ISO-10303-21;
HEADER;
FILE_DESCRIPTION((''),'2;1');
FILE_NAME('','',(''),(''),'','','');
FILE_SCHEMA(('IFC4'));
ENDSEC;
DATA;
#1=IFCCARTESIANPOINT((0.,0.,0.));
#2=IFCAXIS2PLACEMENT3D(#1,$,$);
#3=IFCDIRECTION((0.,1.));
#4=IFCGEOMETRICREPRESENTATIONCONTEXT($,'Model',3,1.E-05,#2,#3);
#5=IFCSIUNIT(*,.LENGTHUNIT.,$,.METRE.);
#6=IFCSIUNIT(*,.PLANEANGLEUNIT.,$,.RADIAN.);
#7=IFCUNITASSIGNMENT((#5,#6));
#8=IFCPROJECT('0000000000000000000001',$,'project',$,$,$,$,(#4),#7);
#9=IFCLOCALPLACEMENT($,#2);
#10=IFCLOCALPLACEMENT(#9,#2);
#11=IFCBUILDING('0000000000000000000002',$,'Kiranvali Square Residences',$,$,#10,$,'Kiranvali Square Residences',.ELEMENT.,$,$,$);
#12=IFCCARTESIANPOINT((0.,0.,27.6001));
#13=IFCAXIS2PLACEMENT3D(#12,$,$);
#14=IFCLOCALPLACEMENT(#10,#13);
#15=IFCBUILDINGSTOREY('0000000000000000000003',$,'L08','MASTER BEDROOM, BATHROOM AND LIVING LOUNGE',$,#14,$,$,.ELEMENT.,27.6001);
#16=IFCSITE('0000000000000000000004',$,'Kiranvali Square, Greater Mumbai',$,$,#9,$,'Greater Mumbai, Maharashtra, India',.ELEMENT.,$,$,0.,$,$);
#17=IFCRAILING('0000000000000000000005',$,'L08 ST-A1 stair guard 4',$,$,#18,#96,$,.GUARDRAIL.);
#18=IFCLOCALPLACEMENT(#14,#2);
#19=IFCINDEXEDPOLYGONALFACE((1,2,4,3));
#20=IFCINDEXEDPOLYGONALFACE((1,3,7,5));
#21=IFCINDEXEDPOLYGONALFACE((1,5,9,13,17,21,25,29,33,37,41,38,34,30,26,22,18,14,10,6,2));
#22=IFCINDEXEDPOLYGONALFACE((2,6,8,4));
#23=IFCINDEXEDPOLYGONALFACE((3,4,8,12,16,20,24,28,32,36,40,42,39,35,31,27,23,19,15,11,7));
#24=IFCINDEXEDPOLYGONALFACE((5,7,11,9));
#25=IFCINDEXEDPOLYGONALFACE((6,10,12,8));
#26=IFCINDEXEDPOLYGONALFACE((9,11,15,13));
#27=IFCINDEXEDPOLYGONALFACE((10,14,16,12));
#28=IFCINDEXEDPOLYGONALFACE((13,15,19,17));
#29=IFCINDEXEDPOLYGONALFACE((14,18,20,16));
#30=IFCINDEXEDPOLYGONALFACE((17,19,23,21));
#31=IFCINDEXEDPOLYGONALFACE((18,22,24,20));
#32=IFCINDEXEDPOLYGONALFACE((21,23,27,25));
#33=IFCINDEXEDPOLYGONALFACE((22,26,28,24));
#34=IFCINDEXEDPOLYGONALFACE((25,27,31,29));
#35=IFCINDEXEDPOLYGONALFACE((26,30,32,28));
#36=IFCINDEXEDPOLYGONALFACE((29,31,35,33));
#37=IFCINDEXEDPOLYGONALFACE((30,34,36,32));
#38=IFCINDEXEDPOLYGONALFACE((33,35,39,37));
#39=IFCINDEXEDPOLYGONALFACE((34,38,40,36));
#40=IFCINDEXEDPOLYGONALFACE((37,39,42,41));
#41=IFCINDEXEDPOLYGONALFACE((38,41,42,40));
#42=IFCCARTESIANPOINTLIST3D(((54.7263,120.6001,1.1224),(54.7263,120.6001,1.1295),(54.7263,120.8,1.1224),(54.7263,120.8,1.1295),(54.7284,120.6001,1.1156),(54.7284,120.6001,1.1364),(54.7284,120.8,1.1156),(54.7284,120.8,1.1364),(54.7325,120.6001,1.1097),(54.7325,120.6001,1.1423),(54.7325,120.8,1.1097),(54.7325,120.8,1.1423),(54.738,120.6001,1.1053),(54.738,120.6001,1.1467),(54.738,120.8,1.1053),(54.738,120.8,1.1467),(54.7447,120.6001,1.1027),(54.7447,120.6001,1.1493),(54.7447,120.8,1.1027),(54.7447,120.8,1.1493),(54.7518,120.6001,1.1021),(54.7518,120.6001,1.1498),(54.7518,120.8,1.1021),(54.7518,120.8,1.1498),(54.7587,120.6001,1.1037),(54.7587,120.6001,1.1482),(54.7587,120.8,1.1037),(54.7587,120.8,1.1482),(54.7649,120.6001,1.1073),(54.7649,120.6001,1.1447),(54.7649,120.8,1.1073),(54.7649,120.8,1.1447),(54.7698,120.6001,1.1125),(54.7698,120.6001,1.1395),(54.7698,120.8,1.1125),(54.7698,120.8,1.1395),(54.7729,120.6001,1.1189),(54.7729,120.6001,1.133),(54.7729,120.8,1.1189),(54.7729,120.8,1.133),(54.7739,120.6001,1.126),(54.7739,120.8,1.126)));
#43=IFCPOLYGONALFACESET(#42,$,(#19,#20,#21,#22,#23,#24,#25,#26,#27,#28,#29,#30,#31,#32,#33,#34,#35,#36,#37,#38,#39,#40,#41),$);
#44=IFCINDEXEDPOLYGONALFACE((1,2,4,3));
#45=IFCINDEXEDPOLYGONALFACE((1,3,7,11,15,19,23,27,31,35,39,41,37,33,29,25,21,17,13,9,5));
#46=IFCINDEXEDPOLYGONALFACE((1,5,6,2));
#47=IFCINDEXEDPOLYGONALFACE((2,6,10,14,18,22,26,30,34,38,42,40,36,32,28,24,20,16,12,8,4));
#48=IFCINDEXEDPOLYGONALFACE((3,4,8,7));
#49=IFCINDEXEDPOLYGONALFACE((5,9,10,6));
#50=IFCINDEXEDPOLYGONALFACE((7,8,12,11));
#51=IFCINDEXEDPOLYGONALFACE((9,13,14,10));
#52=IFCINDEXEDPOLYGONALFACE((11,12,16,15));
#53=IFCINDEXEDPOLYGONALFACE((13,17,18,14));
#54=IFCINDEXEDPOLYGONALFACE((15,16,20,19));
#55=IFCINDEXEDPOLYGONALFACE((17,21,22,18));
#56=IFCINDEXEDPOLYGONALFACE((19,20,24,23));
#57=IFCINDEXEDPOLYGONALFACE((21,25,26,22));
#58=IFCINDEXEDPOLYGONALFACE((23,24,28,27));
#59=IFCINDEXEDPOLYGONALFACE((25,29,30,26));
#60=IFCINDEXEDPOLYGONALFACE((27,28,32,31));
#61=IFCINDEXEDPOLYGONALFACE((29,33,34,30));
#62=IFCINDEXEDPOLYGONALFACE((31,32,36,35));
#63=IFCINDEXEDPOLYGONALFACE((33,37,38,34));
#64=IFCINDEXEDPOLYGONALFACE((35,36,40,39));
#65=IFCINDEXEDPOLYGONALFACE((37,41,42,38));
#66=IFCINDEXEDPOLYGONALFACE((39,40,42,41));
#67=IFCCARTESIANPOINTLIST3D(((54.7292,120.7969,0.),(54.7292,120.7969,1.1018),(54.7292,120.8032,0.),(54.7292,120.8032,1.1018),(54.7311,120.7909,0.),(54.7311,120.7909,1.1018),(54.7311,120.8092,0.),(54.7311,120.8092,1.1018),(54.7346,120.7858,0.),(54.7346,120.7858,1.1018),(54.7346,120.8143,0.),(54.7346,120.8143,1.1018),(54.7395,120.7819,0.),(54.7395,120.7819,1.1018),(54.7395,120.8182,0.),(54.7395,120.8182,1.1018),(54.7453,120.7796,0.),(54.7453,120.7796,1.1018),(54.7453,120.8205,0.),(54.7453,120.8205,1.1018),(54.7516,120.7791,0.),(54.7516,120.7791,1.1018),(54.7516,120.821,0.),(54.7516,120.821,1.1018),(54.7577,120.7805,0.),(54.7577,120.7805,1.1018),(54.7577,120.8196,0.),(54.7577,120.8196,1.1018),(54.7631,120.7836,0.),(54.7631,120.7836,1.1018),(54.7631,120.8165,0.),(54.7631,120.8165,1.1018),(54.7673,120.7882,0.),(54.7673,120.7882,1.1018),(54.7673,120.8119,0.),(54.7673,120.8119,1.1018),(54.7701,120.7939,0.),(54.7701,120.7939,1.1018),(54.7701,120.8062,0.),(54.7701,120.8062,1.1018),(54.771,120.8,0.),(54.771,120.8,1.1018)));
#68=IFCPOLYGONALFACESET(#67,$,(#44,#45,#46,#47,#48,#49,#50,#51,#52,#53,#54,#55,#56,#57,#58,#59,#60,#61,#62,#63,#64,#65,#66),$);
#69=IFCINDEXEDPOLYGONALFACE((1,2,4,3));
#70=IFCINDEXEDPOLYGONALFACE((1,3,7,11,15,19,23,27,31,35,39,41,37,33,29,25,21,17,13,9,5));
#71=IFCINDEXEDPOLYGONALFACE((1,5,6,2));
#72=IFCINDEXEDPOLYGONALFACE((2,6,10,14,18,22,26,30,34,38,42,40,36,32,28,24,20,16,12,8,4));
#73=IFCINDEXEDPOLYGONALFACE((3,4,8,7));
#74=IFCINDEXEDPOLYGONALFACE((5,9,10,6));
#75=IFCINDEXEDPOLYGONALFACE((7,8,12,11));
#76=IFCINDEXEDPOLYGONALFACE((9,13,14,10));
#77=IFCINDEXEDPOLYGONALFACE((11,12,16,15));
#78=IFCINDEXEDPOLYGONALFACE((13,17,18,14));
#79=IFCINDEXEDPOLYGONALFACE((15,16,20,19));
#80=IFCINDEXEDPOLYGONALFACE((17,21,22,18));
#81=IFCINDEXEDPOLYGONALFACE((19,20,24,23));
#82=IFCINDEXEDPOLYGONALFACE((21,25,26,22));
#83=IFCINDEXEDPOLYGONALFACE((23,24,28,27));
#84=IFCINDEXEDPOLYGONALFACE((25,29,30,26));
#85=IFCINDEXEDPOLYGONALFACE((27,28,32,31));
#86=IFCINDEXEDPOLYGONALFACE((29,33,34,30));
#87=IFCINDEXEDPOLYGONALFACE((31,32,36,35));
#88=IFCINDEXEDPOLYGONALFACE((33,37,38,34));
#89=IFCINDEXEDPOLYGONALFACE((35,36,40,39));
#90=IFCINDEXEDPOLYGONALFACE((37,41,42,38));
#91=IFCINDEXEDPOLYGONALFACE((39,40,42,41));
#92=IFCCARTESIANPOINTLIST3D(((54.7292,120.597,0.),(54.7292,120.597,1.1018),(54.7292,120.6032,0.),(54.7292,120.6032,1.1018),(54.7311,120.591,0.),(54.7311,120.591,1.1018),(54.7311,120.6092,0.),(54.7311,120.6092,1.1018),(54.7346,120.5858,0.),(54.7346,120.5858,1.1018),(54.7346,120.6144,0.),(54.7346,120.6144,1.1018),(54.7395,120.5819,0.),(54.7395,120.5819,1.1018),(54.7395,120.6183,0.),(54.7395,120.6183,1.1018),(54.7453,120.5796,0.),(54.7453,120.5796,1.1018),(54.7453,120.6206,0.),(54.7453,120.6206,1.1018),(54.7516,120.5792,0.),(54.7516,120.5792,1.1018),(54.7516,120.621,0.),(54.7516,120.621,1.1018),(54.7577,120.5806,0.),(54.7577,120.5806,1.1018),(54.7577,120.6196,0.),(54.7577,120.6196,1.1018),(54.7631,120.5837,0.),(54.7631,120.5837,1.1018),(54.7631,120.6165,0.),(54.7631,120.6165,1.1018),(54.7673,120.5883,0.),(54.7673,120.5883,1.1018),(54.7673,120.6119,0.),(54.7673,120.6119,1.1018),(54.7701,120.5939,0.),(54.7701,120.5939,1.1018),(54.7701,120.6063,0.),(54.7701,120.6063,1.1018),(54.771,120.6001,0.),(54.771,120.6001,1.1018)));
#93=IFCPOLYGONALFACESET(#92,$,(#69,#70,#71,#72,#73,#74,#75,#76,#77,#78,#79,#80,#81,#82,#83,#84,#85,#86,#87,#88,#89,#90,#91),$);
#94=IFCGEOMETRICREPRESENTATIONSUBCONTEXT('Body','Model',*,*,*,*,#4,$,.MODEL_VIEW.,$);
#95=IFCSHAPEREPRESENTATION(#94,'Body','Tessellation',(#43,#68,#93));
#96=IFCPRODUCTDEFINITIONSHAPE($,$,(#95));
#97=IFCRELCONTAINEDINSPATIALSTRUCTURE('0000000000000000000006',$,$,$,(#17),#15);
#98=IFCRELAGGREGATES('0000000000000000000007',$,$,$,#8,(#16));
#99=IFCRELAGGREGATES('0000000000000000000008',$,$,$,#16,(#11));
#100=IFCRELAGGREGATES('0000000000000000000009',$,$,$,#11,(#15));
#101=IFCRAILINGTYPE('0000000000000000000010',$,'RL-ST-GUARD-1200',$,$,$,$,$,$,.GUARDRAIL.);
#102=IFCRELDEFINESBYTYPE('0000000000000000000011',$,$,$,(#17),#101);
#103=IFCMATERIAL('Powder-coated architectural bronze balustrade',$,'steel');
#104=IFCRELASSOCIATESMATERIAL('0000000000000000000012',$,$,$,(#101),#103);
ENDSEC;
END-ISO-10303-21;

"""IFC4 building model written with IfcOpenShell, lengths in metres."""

from ifc_helpers import new_model, si_unit, direction, frame, origin, origin_2d, place, context, subcontext, project, spatial, circle, extrude, material, type_object, element, save


model = new_model("IFC4")

# Units and contexts
model_context = context("Model", 3, precision=1e-05, world=origin(), true_north=direction((0.0, 1.0)))
body_context = subcontext(model_context, "Body", "Model", "MODEL_VIEW")
ifc_project = project(units=[si_unit("LENGTHUNIT", "METRE"), si_unit("PLANEANGLEUNIT", "RADIAN")], contexts=[model_context])

# Site, building, storey
site_placement = place(None, origin())
site = spatial("IfcSite", under=ifc_project, at=site_placement, Name="Kiranvali Square, Greater Mumbai", LongName="Greater Mumbai, Maharashtra, India", CompositionType="ELEMENT", RefElevation=0.0)
building_placement = place(site_placement, origin())
building = spatial("IfcBuilding", under=site, at=building_placement, Name="Kiranvali Square Residences", LongName="Kiranvali Square Residences", CompositionType="ELEMENT")
storey_placement = place(building_placement, frame((0.0, 0.0, 27.6001)))
storey = spatial("IfcBuildingStorey", under=building, at=storey_placement, Name="L08", Description="MASTER BEDROOM, BATHROOM AND LIVING LOUNGE", CompositionType="ELEMENT", Elevation=27.6001)

# Railing
ifc_material_1 = material(Name="Powder-coated architectural bronze balustrade", Category="steel")
railing_type_1 = type_object("IfcRailingType", Name="RL-ST-GUARD-1200", PredefinedType="GUARDRAIL", material=ifc_material_1)
railing_1_placement = place(storey_placement, frame((54.75, 120.8, 0.0)))
element("IfcRailing", 1, at=railing_1_placement, inside=storey, type_object=railing_type_1, Name="L08 ST-A1 stair guard 4", PredefinedType="GUARDRAIL", context=body_context, shape_type="SweptSolid", body=[
    extrude(circle(Radius=0.0239, at=origin_2d()), frame((0.0, 0.0, 1.126), z_axis=(0.0, -1.0, 0.0), x_axis=(1.0, 0.0, 0.0)), (0.0, 0.0, 1.0), 0.2),
    extrude(circle(Radius=0.021, at=origin_2d()), origin(), (0.0, 0.0, 1.0), 1.1018),
    extrude(circle(Radius=0.021, at=origin_2d()), frame((0.0, -0.2, 0.0)), (0.0, 0.0, 1.0), 1.1018),
])

save(model, "model.ifc")
